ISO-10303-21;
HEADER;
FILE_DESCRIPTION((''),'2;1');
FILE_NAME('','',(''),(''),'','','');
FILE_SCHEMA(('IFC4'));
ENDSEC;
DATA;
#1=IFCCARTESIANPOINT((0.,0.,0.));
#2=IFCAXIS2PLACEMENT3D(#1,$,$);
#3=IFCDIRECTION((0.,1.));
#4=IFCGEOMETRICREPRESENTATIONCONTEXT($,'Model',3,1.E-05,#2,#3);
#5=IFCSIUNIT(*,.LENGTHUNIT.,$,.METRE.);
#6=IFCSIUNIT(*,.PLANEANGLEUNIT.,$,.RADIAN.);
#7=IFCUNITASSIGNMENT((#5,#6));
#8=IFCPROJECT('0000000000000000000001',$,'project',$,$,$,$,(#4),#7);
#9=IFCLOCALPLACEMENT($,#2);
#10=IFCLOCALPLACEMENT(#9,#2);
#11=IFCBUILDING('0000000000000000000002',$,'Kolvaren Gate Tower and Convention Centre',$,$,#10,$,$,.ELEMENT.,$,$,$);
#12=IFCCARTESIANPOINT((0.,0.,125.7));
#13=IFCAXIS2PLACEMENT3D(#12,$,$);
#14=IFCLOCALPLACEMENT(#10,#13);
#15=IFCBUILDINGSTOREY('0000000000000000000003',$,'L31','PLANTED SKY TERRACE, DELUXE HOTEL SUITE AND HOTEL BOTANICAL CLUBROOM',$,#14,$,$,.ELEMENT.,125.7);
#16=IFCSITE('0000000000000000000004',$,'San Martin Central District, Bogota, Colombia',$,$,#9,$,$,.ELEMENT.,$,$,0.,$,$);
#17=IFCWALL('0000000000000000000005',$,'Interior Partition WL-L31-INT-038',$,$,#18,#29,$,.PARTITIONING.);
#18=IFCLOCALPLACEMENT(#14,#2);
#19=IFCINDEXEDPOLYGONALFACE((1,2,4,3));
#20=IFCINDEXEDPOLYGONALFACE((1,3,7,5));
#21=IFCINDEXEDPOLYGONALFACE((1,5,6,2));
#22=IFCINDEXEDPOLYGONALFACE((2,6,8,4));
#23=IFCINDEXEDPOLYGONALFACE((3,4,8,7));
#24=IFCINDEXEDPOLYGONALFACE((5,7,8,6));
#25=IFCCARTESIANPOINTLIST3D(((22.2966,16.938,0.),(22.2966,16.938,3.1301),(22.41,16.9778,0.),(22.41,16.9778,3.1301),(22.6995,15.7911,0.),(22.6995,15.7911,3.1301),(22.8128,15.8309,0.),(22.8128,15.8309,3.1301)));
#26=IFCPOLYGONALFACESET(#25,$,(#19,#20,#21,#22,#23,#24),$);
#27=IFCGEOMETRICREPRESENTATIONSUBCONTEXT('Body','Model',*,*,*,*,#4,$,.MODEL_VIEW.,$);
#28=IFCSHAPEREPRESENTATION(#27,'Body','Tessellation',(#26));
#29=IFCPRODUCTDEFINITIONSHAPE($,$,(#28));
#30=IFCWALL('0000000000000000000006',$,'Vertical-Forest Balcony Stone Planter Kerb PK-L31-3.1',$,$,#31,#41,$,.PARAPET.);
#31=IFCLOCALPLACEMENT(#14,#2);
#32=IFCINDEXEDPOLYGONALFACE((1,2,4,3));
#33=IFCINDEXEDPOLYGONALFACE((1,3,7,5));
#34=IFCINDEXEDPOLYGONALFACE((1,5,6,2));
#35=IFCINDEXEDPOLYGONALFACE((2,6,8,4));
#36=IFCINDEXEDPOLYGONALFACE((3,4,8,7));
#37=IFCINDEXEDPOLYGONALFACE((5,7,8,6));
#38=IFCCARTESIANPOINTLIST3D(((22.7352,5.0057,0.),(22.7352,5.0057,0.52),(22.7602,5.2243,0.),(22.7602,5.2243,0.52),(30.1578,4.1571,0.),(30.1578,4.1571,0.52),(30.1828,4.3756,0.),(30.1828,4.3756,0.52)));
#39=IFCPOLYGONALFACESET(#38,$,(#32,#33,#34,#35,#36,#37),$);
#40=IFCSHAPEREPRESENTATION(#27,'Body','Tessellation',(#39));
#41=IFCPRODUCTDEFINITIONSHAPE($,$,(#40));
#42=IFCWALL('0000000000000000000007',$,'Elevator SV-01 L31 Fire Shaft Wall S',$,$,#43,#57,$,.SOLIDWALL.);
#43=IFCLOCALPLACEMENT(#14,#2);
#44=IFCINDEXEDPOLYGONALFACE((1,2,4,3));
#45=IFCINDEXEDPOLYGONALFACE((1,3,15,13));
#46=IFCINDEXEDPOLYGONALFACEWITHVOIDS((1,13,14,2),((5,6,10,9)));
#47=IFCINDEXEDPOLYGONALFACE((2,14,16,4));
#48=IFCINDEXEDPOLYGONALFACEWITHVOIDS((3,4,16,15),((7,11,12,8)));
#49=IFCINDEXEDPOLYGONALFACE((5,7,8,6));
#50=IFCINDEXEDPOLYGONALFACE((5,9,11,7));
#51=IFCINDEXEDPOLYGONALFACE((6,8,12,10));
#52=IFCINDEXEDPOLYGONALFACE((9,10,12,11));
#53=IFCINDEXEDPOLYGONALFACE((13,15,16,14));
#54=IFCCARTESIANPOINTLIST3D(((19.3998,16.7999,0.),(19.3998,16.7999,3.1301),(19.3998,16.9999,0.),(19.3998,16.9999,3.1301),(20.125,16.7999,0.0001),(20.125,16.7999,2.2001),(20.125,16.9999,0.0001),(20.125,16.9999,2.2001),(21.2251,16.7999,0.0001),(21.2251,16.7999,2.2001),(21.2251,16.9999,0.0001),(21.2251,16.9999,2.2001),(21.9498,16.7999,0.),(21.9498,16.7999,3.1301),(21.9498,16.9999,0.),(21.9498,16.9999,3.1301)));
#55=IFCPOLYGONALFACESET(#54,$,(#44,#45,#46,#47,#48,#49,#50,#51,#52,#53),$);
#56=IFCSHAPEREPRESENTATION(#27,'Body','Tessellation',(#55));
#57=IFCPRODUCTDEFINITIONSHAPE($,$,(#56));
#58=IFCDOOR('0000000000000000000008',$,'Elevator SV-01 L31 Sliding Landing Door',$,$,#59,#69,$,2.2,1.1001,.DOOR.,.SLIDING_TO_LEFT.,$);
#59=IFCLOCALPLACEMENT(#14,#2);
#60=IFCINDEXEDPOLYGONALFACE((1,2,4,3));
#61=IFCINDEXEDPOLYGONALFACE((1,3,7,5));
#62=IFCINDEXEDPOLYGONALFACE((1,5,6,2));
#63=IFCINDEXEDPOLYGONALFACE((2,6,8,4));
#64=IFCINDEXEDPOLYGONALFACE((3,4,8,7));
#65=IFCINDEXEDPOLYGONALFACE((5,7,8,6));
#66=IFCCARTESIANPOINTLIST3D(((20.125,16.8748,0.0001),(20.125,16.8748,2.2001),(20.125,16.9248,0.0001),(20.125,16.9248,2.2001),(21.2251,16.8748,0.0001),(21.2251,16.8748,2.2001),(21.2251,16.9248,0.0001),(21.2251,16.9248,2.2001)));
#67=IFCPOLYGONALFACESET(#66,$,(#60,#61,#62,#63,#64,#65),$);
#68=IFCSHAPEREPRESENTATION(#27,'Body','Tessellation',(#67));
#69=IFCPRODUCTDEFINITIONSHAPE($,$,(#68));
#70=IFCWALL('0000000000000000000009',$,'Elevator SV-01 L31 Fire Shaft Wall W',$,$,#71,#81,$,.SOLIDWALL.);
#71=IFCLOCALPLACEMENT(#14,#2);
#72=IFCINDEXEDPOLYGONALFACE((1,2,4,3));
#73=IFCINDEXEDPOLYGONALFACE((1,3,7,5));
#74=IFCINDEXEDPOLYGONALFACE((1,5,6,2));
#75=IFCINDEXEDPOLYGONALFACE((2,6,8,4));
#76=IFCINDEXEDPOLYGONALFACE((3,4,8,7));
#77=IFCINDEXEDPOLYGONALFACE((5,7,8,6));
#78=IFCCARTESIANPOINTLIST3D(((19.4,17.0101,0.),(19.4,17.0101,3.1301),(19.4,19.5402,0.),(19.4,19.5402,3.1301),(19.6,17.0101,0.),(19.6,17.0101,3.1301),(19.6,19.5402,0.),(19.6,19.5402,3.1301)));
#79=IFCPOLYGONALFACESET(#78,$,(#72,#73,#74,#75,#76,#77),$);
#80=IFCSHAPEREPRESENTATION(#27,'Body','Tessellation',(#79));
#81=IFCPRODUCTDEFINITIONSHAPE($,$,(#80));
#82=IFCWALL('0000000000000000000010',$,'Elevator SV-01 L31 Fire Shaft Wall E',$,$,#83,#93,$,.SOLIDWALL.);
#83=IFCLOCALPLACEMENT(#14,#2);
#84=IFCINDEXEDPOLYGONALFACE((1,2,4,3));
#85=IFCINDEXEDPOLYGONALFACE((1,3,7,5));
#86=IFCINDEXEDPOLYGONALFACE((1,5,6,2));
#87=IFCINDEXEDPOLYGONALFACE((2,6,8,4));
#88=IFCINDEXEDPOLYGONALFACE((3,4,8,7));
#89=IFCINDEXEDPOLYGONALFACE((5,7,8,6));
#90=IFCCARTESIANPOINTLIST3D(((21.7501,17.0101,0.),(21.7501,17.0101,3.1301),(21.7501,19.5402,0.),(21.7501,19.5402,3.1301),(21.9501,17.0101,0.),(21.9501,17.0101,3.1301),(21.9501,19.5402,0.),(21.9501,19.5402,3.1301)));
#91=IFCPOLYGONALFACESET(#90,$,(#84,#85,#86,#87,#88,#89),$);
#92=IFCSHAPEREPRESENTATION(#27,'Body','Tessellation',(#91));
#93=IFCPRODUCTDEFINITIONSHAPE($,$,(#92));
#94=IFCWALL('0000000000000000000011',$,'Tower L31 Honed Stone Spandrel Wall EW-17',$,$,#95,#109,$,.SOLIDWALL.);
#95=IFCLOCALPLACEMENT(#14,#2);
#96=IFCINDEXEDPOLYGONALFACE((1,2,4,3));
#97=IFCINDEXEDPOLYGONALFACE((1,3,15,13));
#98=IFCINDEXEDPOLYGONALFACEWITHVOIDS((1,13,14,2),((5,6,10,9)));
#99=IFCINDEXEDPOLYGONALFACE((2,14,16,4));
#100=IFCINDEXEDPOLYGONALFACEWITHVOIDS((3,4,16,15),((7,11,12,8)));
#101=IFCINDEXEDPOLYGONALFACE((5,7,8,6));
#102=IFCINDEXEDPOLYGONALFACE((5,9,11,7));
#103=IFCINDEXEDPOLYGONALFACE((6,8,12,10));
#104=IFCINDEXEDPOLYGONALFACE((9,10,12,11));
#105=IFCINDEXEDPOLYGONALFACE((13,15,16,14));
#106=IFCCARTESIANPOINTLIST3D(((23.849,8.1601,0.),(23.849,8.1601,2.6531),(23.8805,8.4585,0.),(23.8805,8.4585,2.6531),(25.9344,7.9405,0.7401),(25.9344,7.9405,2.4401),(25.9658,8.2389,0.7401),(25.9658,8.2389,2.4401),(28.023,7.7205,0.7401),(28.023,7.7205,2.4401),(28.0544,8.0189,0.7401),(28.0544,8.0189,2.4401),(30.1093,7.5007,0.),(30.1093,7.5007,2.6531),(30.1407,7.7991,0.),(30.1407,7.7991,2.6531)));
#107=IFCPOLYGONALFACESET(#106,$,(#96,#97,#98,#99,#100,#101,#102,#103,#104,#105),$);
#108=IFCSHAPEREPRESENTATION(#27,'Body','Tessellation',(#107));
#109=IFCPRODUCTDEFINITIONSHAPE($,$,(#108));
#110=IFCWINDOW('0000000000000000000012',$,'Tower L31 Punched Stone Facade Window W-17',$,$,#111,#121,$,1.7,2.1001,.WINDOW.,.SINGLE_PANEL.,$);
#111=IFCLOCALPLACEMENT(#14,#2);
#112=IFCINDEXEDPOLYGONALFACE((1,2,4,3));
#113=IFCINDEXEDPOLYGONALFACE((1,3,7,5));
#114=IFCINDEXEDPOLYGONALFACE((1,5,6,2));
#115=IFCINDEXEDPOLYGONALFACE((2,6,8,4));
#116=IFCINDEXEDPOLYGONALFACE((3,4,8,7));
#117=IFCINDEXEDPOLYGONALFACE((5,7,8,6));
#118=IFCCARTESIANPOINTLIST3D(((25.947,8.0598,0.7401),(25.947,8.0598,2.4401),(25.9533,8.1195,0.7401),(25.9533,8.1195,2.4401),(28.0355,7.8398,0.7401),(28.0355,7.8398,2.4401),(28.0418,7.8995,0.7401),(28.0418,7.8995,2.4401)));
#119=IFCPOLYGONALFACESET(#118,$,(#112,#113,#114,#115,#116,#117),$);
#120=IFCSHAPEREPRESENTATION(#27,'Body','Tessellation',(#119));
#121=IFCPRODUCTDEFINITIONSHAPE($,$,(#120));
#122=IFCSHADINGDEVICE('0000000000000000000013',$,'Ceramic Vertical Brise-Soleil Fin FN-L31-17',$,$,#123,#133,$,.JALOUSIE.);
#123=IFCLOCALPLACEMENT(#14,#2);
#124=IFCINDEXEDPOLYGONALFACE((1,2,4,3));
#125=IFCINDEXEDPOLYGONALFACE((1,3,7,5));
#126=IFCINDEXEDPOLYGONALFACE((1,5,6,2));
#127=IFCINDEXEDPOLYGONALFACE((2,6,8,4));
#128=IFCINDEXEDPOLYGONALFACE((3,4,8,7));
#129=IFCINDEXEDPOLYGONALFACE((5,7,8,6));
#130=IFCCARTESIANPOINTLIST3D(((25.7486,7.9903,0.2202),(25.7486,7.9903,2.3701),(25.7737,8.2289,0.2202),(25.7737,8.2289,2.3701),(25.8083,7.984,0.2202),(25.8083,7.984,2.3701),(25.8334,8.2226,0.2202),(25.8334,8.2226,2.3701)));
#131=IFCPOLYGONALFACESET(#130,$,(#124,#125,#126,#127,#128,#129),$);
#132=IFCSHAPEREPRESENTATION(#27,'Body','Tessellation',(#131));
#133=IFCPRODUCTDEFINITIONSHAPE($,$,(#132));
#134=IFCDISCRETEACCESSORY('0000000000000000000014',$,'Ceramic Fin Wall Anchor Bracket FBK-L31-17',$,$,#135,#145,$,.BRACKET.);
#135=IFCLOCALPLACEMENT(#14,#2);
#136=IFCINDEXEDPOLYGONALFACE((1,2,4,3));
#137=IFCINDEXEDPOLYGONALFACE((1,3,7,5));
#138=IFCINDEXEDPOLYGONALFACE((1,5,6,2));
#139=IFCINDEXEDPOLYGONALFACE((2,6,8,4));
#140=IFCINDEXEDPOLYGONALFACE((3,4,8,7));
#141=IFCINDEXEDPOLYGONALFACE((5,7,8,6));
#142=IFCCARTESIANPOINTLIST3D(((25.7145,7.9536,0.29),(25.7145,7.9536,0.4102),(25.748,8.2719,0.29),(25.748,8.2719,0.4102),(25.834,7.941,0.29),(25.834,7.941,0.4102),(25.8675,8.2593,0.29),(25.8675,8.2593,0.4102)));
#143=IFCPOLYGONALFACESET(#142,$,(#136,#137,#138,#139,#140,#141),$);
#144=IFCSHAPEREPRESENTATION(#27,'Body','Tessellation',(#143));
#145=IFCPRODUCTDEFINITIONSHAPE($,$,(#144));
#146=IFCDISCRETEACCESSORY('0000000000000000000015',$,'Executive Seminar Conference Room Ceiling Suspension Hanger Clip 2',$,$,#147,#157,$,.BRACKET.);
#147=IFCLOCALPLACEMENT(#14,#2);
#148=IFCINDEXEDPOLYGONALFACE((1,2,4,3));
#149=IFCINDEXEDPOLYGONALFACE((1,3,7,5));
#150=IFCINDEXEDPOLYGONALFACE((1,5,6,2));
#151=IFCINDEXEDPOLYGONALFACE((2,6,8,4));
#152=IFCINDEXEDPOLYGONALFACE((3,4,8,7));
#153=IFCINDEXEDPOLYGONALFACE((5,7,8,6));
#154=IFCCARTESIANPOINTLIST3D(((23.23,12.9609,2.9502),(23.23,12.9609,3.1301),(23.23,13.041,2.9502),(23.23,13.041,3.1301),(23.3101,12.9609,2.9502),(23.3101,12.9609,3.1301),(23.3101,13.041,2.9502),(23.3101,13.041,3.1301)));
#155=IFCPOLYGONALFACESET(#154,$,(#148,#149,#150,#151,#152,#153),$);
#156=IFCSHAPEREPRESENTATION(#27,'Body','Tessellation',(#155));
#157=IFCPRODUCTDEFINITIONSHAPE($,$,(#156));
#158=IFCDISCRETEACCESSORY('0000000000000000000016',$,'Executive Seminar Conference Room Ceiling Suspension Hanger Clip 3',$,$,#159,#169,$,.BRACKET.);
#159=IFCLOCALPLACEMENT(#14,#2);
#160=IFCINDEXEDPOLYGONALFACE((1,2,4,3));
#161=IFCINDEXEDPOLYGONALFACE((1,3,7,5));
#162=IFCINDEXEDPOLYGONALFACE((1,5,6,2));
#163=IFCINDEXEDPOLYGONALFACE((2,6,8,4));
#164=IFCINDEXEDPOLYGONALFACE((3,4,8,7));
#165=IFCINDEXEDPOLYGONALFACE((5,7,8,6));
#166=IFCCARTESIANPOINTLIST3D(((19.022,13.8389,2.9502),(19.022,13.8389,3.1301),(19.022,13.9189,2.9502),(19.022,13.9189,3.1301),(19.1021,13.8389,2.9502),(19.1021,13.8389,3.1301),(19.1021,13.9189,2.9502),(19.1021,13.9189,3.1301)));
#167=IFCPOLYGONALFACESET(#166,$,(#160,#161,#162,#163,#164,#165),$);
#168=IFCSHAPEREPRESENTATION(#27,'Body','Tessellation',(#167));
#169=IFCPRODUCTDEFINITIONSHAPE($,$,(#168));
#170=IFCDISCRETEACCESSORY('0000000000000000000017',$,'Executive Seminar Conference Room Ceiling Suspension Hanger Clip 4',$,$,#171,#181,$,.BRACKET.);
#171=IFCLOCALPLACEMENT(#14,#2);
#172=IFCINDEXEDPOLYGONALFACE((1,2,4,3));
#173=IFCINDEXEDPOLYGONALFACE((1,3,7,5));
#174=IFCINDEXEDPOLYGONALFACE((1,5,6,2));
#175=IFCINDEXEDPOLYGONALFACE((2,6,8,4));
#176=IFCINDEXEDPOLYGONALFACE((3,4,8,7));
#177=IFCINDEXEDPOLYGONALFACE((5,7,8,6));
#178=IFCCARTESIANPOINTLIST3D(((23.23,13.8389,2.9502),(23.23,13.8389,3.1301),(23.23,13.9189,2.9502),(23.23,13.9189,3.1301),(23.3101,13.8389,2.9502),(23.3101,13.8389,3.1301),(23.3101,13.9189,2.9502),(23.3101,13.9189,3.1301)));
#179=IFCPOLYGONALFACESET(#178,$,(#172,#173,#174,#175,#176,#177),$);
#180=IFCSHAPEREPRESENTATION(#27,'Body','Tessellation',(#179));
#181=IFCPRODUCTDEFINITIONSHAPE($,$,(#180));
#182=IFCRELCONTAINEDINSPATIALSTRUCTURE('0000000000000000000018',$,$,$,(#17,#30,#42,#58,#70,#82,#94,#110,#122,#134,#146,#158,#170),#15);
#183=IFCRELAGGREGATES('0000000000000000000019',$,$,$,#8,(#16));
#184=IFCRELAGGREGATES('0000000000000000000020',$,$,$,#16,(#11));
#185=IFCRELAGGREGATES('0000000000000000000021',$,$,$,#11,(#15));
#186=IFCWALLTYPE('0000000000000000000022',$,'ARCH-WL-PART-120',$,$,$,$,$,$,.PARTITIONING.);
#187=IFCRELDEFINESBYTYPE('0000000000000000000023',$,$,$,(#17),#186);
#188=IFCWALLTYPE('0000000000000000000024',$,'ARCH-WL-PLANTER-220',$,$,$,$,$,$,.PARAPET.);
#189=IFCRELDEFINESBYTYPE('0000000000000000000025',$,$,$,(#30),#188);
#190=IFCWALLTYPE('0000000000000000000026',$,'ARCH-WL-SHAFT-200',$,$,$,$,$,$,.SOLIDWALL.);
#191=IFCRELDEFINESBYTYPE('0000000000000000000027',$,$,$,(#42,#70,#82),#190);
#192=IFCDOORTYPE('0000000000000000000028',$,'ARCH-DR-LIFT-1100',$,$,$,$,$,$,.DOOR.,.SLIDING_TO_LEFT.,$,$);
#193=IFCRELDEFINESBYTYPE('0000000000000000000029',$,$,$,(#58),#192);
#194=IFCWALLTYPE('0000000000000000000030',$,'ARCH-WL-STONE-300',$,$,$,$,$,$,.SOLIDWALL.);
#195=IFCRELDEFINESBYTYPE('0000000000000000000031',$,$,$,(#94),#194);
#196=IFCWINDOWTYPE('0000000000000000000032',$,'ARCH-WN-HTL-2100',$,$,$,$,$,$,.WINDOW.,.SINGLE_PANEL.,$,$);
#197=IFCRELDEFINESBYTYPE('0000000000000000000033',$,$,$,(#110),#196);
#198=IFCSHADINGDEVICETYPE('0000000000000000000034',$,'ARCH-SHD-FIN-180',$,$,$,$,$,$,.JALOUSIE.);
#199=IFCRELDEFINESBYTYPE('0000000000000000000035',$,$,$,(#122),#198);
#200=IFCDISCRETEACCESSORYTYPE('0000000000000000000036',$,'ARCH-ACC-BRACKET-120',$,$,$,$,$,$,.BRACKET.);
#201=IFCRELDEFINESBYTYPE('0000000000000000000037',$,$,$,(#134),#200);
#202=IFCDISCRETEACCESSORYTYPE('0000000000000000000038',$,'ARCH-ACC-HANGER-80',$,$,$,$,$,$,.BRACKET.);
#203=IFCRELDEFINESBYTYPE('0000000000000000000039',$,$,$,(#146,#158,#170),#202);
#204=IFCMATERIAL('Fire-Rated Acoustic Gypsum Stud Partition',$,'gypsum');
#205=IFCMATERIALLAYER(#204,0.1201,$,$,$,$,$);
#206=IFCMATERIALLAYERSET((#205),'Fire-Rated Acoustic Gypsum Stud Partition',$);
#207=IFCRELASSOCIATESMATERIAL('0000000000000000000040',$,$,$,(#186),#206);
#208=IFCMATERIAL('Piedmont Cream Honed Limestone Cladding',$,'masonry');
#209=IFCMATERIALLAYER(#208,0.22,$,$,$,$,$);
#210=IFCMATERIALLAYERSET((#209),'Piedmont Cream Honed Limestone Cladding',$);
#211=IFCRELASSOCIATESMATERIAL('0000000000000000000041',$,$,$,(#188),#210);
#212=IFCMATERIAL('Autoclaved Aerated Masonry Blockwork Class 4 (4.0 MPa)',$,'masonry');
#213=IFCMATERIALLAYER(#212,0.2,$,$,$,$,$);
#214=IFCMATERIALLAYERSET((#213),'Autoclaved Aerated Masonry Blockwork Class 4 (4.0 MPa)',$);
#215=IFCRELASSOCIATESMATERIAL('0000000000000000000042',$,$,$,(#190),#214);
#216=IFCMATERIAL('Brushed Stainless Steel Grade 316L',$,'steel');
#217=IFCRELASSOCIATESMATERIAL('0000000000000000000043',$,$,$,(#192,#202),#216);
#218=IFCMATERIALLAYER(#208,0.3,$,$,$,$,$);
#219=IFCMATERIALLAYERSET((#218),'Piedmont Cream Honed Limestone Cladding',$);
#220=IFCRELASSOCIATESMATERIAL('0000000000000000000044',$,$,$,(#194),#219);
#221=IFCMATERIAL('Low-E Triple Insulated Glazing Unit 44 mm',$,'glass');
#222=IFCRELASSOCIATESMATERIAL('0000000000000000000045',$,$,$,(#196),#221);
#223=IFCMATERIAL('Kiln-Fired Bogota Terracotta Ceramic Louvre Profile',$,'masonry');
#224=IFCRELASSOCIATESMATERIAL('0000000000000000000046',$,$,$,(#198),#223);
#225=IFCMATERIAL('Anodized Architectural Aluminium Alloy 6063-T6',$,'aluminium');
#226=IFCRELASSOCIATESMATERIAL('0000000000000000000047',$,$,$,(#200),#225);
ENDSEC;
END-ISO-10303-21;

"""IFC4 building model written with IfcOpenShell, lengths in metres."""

from ifc_helpers import new_model, si_unit, direction, frame, frame_2d, origin, origin_2d, place, context, subcontext, project, spatial, rectangle, extrude, material, layer, layer_set, type_object, element, fill, save


model = new_model("IFC4")

# Units and contexts
model_context = context("Model", 3, precision=1e-05, world=origin(), true_north=direction((0.0, 1.0)))
body_context = subcontext(model_context, "Body", "Model", "MODEL_VIEW")
ifc_project = project(units=[si_unit("LENGTHUNIT", "METRE"), si_unit("PLANEANGLEUNIT", "RADIAN")], contexts=[model_context])

# Site, building, storey
site_placement = place(None, origin())
site = spatial("IfcSite", under=ifc_project, at=site_placement, Name="San Martin Central District, Bogota, Colombia", CompositionType="ELEMENT", RefElevation=0.0)
building_placement = place(site_placement, origin())
building = spatial("IfcBuilding", under=site, at=building_placement, Name="Kolvaren Gate Tower and Convention Centre", CompositionType="ELEMENT")
storey_placement = place(building_placement, frame((0.0, 0.0, 125.7)))
storey = spatial("IfcBuildingStorey", under=building, at=storey_placement, Name="L31", Description="PLANTED SKY TERRACE, DELUXE HOTEL SUITE AND HOTEL BOTANICAL CLUBROOM", CompositionType="ELEMENT", Elevation=125.7)

# Shared definitions
ifc_material_1 = material(Name="Fire-Rated Acoustic Gypsum Stud Partition", Category="gypsum")
ifc_layer_1 = layer(ifc_material_1, 0.1201)
ifc_layer_set_1 = layer_set([ifc_layer_1], Name="Fire-Rated Acoustic Gypsum Stud Partition")
wall_type_1 = type_object("IfcWallType", Name="ARCH-WL-PART-120", PredefinedType="PARTITIONING", material=ifc_layer_set_1)

# Walls
wall_1_placement = place(storey_placement, frame((22.3533, 16.958, 0.0), z_axis=(0.0, 0.0, 1.0), x_axis=(0.33137, -0.943501, 0.0)))
element("IfcWall", 1, at=wall_1_placement, inside=storey, type_object=wall_type_1, Name="Interior Partition WL-L31-INT-038", PredefinedType="PARTITIONING", context=body_context, shape_type="SweptSolid", body=[
    extrude(rectangle(XDim=1.2156, YDim=0.1201, at=frame_2d((0.6079, 0.0))), origin(), (0.0, 0.0, 1.0), 3.1301),
])
ifc_material_2 = material(Name="Piedmont Cream Honed Limestone Cladding", Category="masonry")
ifc_layer_2 = layer(ifc_material_2, 0.22)
ifc_layer_set_2 = layer_set([ifc_layer_2], Name="Piedmont Cream Honed Limestone Cladding")
wall_type_2 = type_object("IfcWallType", Name="ARCH-WL-PLANTER-220", PredefinedType="PARAPET", material=ifc_layer_set_2)
wall_2_placement = place(storey_placement, frame((22.7478, 5.115, 0.0), z_axis=(0.0, 0.0, 1.0), x_axis=(0.993528, -0.113591, 0.0)))
element("IfcWall", 2, at=wall_2_placement, inside=storey, type_object=wall_type_2, Name="Vertical-Forest Balcony Stone Planter Kerb PK-L31-3.1", PredefinedType="PARAPET", context=body_context, shape_type="SweptSolid", body=[
    extrude(rectangle(XDim=7.4709, YDim=0.22, at=frame_2d((3.7354, 0.0))), origin(), (0.0, 0.0, 1.0), 0.52),
])

# Wall, opening, door
ifc_material_3 = material(Name="Autoclaved Aerated Masonry Blockwork Class 4 (4.0 MPa)", Category="masonry")
ifc_layer_3 = layer(ifc_material_3, 0.2)
ifc_layer_set_3 = layer_set([ifc_layer_3], Name="Autoclaved Aerated Masonry Blockwork Class 4 (4.0 MPa)")
wall_type_3 = type_object("IfcWallType", Name="ARCH-WL-SHAFT-200", PredefinedType="SOLIDWALL", material=ifc_layer_set_3)
wall_3_placement = place(storey_placement, frame((19.3999, 16.8999, 0.0), z_axis=(0.0, 0.0, 1.0), x_axis=(1.0, 0.0, 0.0)))
wall_3 = element("IfcWall", 3, at=wall_3_placement, inside=storey, type_object=wall_type_3, Name="Elevator SV-01 L31 Fire Shaft Wall S", PredefinedType="SOLIDWALL", context=body_context, shape_type="SweptSolid", body=[
    extrude(rectangle(XDim=2.55, YDim=0.2, at=frame_2d((1.2749, 0.0))), origin(), (0.0, 0.0, 1.0), 3.1301),
])
opening_1_placement = place(wall_3_placement, frame((0.7251, 0.0, 0.0)))
opening_1 = element("IfcOpeningElement", 4, at=opening_1_placement, cuts=wall_3, PredefinedType="OPENING", context=body_context, shape_type="SweptSolid", body=[
    extrude(rectangle(XDim=1.1001, YDim=2.2, at=frame_2d((0.55, 1.1001))), frame((0.0, 0.1099, 0.0), z_axis=(0.0, -1.0, 0.0), x_axis=(1.0, 0.0, 0.0)), (0.0, 0.0, 1.0), 0.22),
])
ifc_material_4 = material(Name="Brushed Stainless Steel Grade 316L", Category="steel")
door_type_1 = type_object("IfcDoorType", Name="ARCH-DR-LIFT-1100", OperationType="SLIDING_TO_LEFT", PredefinedType="DOOR", material=ifc_material_4)
door_1_placement = place(opening_1_placement, origin())
door_1 = element("IfcDoor", 5, at=door_1_placement, inside=storey, type_object=door_type_1, Name="Elevator SV-01 L31 Sliding Landing Door", OperationType="SLIDING_TO_LEFT", OverallHeight=2.2, OverallWidth=1.1001, PredefinedType="DOOR", context=body_context, shape_type="SweptSolid", body=[
    extrude(rectangle(XDim=1.1001, YDim=2.2, at=frame_2d((0.55, 1.1001))), frame((0.0, 0.0249, 0.0), z_axis=(0.0, -1.0, 0.0), x_axis=(1.0, 0.0, 0.0)), (0.0, 0.0, 1.0), 0.05),
])
fill(opening_1, door_1)

# Walls
for number, where, z_axis, x_axis, name in (
    (6, (19.5, 17.01, 0.0), (0.0, 0.0, 1.0), (0.0, 1.0, 0.0), "Elevator SV-01 L31 Fire Shaft Wall W"),
    (7, (21.8501, 17.01, 0.0), (0.0, 0.0, 1.0), (0.0, 1.0, 0.0), "Elevator SV-01 L31 Fire Shaft Wall E"),
):
    element("IfcWall", number, at=place(storey_placement, frame(where, z_axis=z_axis, x_axis=x_axis)), inside=storey, type_object=wall_type_3, Name=name, PredefinedType="SOLIDWALL", context=body_context, shape_type="SweptSolid", body=[
        extrude(rectangle(XDim=2.53, YDim=0.2, at=frame_2d((1.2651, 0.0))), origin(), (0.0, 0.0, 1.0), 3.1301),
    ])

# Wall, opening, window
ifc_layer_4 = layer(ifc_material_2, 0.3)
ifc_layer_set_4 = layer_set([ifc_layer_4], Name="Piedmont Cream Honed Limestone Cladding")
wall_type_4 = type_object("IfcWallType", Name="ARCH-WL-STONE-300", PredefinedType="SOLIDWALL", material=ifc_layer_set_4)
wall_4_placement = place(storey_placement, frame((23.8647, 8.3093, 0.0), z_axis=(0.0, 0.0, 1.0), x_axis=(0.994498, -0.104755, 0.0)))
wall_4 = element("IfcWall", 8, at=wall_4_placement, inside=storey, type_object=wall_type_4, Name="Tower L31 Honed Stone Spandrel Wall EW-17", PredefinedType="SOLIDWALL", context=body_context, shape_type="SweptSolid", body=[
    extrude(rectangle(XDim=6.2949, YDim=0.3, at=frame_2d((3.1475, 0.0))), origin(), (0.0, 0.0, 1.0), 2.6531),
])
opening_2_placement = place(wall_4_placement, frame((2.0969, 0.0, 0.74)))
opening_2 = element("IfcOpeningElement", 9, at=opening_2_placement, cuts=wall_4, PredefinedType="OPENING", context=body_context, shape_type="SweptSolid", body=[
    extrude(rectangle(XDim=2.1001, YDim=1.7, at=frame_2d((1.05, 0.8501))), frame((0.0, 0.1599, 0.0), z_axis=(0.0, -1.0, 0.0), x_axis=(1.0, 0.0, 0.0)), (0.0, 0.0, 1.0), 0.3201),
])
ifc_material_5 = material(Name="Low-E Triple Insulated Glazing Unit 44 mm", Category="glass")
window_type = type_object("IfcWindowType", Name="ARCH-WN-HTL-2100", PartitioningType="SINGLE_PANEL", PredefinedType="WINDOW", material=ifc_material_5)
window_placement = place(opening_2_placement, origin())
window = element("IfcWindow", 10, at=window_placement, inside=storey, type_object=window_type, Name="Tower L31 Punched Stone Facade Window W-17", OverallHeight=1.7, OverallWidth=2.1001, PartitioningType="SINGLE_PANEL", PredefinedType="WINDOW", context=body_context, shape_type="SweptSolid", body=[
    extrude(rectangle(XDim=2.1001, YDim=1.7, at=frame_2d((1.05, 0.8501))), frame((0.0, 0.03, 0.0), z_axis=(0.0, -1.0, 0.0), x_axis=(1.0, 0.0, 0.0)), (0.0, 0.0, 1.0), 0.0601),
])
fill(opening_2, window)

# Shading device
ifc_material_6 = material(Name="Kiln-Fired Bogota Terracotta Ceramic Louvre Profile", Category="masonry")
shading_device_type = type_object("IfcShadingDeviceType", Name="ARCH-SHD-FIN-180", PredefinedType="JALOUSIE", material=ifc_material_6)
shading_device_placement = place(storey_placement, frame((25.791, 8.1064, 0.2202), z_axis=(0.0, 0.0, 1.0), x_axis=(0.9945, -0.104737, 0.0)))
element("IfcShadingDevice", 11, at=shading_device_placement, inside=storey, type_object=shading_device_type, Name="Ceramic Vertical Brise-Soleil Fin FN-L31-17", PredefinedType="JALOUSIE", context=body_context, shape_type="SweptSolid", body=[
    extrude(rectangle(XDim=0.0601, YDim=0.24, at=origin_2d()), origin(), (0.0, 0.0, 1.0), 2.1499),
])

# Discrete accessories
ifc_material_7 = material(Name="Anodized Architectural Aluminium Alloy 6063-T6", Category="aluminium")
discrete_accessory_type_1 = type_object("IfcDiscreteAccessoryType", Name="ARCH-ACC-BRACKET-120", PredefinedType="BRACKET", material=ifc_material_7)
discrete_accessory_placement = place(storey_placement, frame((25.791, 8.1064, 0.29), z_axis=(0.0, 0.0, 1.0), x_axis=(0.9945, -0.104737, 0.0)))
element("IfcDiscreteAccessory", 12, at=discrete_accessory_placement, inside=storey, type_object=discrete_accessory_type_1, Name="Ceramic Fin Wall Anchor Bracket FBK-L31-17", PredefinedType="BRACKET", context=body_context, shape_type="SweptSolid", body=[
    extrude(rectangle(XDim=0.1201, YDim=0.3201, at=origin_2d()), origin(), (0.0, 0.0, 1.0), 0.1201),
])
discrete_accessory_type_2 = type_object("IfcDiscreteAccessoryType", Name="ARCH-ACC-HANGER-80", PredefinedType="BRACKET", material=ifc_material_4)
for number, where, z_axis, x_axis, name in (
    (13, (23.27, 13.001, 2.9502), (0.0, 0.0, 1.0), (1.0, 0.0, 0.0), "Executive Seminar Conference Room Ceiling Suspension Hanger Clip 2"),
    (14, (19.062, 13.8789, 2.9502), (0.0, 0.0, 1.0), (1.0, 0.0, 0.0), "Executive Seminar Conference Room Ceiling Suspension Hanger Clip 3"),
    (15, (23.27, 13.8789, 2.9502), (0.0, 0.0, 1.0), (1.0, 0.0, 0.0), "Executive Seminar Conference Room Ceiling Suspension Hanger Clip 4"),
):
    element("IfcDiscreteAccessory", number, at=place(storey_placement, frame(where, z_axis=z_axis, x_axis=x_axis)), inside=storey, type_object=discrete_accessory_type_2, Name=name, PredefinedType="BRACKET", context=body_context, shape_type="SweptSolid", body=[
        extrude(rectangle(XDim=0.0801, YDim=0.0801, at=origin_2d()), origin(), (0.0, 0.0, 1.0), 0.1799),
    ])

save(model, "model.ifc")
